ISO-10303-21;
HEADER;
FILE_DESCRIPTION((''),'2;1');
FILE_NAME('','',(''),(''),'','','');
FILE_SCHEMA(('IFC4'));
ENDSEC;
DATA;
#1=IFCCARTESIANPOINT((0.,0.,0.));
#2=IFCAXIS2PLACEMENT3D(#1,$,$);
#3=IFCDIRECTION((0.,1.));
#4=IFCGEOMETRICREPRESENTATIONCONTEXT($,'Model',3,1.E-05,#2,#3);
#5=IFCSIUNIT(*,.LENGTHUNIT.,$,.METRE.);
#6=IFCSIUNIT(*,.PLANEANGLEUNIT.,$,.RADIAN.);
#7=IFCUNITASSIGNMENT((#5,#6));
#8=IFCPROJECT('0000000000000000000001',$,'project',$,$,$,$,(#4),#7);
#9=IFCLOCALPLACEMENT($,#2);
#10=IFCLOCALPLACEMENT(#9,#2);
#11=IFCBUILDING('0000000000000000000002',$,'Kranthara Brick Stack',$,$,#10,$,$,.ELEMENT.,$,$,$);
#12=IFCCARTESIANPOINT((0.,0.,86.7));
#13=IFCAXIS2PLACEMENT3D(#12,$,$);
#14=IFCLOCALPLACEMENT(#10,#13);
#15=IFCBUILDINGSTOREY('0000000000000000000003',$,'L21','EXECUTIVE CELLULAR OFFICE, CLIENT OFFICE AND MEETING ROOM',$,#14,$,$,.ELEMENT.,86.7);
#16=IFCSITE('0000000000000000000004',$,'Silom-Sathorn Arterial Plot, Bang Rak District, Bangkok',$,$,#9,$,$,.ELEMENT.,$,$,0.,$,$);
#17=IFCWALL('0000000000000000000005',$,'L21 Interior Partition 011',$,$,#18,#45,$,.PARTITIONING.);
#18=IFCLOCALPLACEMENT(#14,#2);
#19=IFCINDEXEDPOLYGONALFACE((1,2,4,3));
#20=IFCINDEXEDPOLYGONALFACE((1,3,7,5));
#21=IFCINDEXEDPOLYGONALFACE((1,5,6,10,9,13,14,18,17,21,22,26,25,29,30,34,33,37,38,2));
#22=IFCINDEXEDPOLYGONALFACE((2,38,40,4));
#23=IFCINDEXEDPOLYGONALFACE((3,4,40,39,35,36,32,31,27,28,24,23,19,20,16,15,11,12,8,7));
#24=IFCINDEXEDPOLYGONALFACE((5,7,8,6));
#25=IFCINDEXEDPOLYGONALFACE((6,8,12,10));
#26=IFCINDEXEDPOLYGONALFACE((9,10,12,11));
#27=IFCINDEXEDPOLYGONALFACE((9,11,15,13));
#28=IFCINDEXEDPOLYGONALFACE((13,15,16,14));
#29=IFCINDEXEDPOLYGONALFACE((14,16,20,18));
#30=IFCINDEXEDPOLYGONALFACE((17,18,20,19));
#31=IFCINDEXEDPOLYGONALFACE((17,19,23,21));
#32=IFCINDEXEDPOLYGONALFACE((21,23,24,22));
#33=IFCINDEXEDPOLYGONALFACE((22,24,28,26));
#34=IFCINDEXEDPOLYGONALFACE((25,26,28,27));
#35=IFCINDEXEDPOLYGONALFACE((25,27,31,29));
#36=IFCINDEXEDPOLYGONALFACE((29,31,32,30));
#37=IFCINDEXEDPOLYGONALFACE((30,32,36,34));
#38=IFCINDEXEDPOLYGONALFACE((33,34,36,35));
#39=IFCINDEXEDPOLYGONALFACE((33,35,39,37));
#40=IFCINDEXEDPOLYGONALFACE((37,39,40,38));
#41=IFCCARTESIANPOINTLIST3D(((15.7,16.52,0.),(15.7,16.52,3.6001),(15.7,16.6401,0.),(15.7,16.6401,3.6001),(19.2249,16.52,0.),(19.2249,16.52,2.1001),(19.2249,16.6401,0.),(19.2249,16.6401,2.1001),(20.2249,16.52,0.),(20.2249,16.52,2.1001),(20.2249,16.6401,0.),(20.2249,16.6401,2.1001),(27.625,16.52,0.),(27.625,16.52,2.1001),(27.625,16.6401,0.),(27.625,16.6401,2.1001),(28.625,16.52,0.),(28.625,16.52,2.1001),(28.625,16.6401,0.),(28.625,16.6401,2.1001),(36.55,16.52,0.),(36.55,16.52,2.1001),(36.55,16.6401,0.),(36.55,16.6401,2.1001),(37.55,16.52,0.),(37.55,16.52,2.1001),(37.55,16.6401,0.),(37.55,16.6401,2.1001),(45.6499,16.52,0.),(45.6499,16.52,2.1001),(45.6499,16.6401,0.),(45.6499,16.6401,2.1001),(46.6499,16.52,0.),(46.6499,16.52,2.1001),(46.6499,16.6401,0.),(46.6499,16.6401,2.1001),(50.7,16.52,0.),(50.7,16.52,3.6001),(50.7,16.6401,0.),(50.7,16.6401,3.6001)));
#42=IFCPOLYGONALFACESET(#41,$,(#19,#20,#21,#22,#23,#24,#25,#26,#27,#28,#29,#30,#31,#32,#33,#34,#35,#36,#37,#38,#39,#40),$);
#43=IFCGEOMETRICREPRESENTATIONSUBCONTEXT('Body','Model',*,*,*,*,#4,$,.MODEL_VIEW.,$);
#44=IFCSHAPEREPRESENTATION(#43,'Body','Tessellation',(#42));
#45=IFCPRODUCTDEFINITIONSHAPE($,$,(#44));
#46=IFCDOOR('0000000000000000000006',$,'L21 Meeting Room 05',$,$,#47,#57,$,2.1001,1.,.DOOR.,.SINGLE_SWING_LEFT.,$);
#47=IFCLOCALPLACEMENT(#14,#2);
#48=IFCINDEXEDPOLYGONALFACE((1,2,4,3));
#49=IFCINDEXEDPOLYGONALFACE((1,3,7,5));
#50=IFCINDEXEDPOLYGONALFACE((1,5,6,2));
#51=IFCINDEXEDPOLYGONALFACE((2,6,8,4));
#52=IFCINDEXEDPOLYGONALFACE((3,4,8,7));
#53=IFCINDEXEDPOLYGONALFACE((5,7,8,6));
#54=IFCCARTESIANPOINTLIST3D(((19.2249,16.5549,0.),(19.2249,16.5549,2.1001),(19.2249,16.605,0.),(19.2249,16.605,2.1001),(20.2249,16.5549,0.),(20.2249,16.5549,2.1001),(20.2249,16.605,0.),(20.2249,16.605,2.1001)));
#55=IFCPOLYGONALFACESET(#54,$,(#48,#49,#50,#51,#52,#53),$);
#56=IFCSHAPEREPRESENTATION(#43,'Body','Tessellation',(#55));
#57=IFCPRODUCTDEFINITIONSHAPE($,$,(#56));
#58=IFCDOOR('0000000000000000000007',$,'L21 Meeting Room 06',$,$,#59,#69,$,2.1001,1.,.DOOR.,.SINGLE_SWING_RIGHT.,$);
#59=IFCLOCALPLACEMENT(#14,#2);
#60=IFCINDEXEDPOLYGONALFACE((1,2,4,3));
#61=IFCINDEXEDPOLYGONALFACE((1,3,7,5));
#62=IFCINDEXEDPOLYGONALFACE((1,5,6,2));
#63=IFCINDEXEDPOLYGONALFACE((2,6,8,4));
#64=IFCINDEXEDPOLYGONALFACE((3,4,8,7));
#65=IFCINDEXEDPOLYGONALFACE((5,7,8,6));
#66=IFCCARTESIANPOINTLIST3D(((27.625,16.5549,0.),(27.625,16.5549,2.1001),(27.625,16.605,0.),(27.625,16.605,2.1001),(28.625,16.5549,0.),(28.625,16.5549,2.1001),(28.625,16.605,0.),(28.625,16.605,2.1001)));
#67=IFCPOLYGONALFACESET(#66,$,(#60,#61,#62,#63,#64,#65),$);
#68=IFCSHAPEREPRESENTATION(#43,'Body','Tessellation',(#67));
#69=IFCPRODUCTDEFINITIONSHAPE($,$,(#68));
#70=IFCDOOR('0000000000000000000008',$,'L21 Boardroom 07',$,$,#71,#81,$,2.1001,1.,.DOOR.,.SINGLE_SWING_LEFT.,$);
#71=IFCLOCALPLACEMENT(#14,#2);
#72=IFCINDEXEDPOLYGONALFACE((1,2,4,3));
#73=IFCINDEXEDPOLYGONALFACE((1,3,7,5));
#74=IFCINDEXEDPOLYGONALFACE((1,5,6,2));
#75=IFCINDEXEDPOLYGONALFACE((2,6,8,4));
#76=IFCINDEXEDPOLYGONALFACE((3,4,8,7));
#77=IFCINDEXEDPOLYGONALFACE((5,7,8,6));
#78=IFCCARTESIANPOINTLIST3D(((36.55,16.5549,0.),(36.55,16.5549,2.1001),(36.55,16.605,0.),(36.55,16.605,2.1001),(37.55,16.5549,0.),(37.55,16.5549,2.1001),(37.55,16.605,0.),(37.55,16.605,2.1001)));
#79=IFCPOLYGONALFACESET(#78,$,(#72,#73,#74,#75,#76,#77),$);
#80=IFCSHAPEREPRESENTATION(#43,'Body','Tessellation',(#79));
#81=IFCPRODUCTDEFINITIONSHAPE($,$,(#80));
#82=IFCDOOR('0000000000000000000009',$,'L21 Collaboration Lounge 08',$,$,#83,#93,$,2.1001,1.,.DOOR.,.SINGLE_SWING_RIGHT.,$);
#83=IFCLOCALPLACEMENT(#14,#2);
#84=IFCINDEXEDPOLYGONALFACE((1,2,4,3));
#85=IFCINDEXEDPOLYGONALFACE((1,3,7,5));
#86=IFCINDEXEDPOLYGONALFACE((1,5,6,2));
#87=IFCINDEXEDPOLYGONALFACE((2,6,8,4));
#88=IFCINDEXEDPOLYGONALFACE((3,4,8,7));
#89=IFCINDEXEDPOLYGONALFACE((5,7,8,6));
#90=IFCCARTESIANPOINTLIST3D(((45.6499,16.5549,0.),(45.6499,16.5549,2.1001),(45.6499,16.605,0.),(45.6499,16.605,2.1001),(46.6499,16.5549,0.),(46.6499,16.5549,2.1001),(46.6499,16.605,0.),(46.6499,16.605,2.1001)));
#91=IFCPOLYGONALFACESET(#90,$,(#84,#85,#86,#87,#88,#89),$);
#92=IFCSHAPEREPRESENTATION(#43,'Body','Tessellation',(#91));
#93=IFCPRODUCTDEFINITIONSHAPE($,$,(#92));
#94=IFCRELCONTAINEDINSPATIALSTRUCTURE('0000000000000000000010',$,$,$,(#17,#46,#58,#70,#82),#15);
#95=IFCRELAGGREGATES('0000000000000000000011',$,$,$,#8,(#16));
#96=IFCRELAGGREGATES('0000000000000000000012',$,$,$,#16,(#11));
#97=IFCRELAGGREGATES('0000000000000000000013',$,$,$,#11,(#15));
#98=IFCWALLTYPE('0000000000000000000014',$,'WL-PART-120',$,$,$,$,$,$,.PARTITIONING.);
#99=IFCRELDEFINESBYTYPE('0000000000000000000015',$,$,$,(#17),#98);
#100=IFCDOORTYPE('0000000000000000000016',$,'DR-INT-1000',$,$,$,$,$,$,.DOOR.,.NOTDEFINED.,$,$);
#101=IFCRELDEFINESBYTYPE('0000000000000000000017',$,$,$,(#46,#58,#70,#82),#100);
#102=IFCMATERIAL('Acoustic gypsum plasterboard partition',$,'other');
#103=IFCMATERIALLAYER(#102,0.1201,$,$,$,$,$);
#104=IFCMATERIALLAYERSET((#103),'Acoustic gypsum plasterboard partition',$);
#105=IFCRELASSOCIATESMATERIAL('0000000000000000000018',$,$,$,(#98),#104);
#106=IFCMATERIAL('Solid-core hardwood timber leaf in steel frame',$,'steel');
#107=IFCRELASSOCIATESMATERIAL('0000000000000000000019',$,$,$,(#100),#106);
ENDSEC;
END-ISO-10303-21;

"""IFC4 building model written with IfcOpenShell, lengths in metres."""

from ifc_helpers import new_model, si_unit, direction, frame, frame_2d, origin, place, context, subcontext, project, spatial, rectangle, extrude, material, layer, layer_set, type_object, element, fill, save


model = new_model("IFC4")

# Units and contexts
model_context = context("Model", 3, precision=1e-05, world=origin(), true_north=direction((0.0, 1.0)))
body_context = subcontext(model_context, "Body", "Model", "MODEL_VIEW")
ifc_project = project(units=[si_unit("LENGTHUNIT", "METRE"), si_unit("PLANEANGLEUNIT", "RADIAN")], contexts=[model_context])

# Site, building, storey
site_placement = place(None, origin())
site = spatial("IfcSite", under=ifc_project, at=site_placement, Name="Silom-Sathorn Arterial Plot, Bang Rak District, Bangkok", CompositionType="ELEMENT", RefElevation=0.0)
building_placement = place(site_placement, origin())
building = spatial("IfcBuilding", under=site, at=building_placement, Name="Kranthara Brick Stack", CompositionType="ELEMENT")
storey_placement = place(building_placement, frame((0.0, 0.0, 86.7)))
storey = spatial("IfcBuildingStorey", under=building, at=storey_placement, Name="L21", Description="EXECUTIVE CELLULAR OFFICE, CLIENT OFFICE AND MEETING ROOM", CompositionType="ELEMENT", Elevation=86.7)

# Shared definitions
ifc_material_1 = material(Name="Acoustic gypsum plasterboard partition", Category="other")
ifc_layer_1 = layer(ifc_material_1, 0.1201)
ifc_layer_set_1 = layer_set([ifc_layer_1], Name="Acoustic gypsum plasterboard partition")
wall_type_1 = type_object("IfcWallType", Name="WL-PART-120", PredefinedType="PARTITIONING", material=ifc_layer_set_1)

# Wall, openings, doors
wall_1_placement = place(storey_placement, frame((15.7, 16.5801, 0.0), z_axis=(0.0, 0.0, 1.0), x_axis=(1.0, 0.0, 0.0)))
wall_1 = element("IfcWall", 1, at=wall_1_placement, inside=storey, type_object=wall_type_1, Name="L21 Interior Partition 011", PredefinedType="PARTITIONING", context=body_context, shape_type="SweptSolid", body=[
    extrude(rectangle(XDim=35.0, YDim=0.1201, at=frame_2d((17.5, 0.0))), origin(), (0.0, 0.0, 1.0), 3.6001),
])
opening_1_placement = place(wall_1_placement, frame((3.5249, 0.0, 0.0)))
opening_1 = element("IfcOpeningElement", 2, at=opening_1_placement, cuts=wall_1, PredefinedType="OPENING", context=body_context, shape_type="SweptSolid", body=[
    extrude(rectangle(XDim=1.0, YDim=2.1001, at=frame_2d((0.5, 1.05))), frame((0.0, 0.0701, 0.0), z_axis=(0.0, -1.0, 0.0), x_axis=(1.0, 0.0, 0.0)), (0.0, 0.0, 1.0), 0.1401),
])
opening_2_placement = place(wall_1_placement, frame((11.925, 0.0, 0.0)))
opening_2 = element("IfcOpeningElement", 3, at=opening_2_placement, cuts=wall_1, PredefinedType="OPENING", context=body_context, shape_type="SweptSolid", body=[
    extrude(rectangle(XDim=1.0, YDim=2.1001, at=frame_2d((0.5, 1.05))), frame((0.0, 0.0701, 0.0), z_axis=(0.0, -1.0, 0.0), x_axis=(1.0, 0.0, 0.0)), (0.0, 0.0, 1.0), 0.1401),
])
opening_3_placement = place(wall_1_placement, frame((20.8501, 0.0, 0.0)))
opening_3 = element("IfcOpeningElement", 4, at=opening_3_placement, cuts=wall_1, PredefinedType="OPENING", context=body_context, shape_type="SweptSolid", body=[
    extrude(rectangle(XDim=1.0, YDim=2.1001, at=frame_2d((0.5, 1.05))), frame((0.0, 0.0701, 0.0), z_axis=(0.0, -1.0, 0.0), x_axis=(1.0, 0.0, 0.0)), (0.0, 0.0, 1.0), 0.1401),
])
opening_4_placement = place(wall_1_placement, frame((29.95, 0.0, 0.0)))
opening_4 = element("IfcOpeningElement", 5, at=opening_4_placement, cuts=wall_1, PredefinedType="OPENING", context=body_context, shape_type="SweptSolid", body=[
    extrude(rectangle(XDim=1.0, YDim=2.1001, at=frame_2d((0.5, 1.05))), frame((0.0, 0.0701, 0.0), z_axis=(0.0, -1.0, 0.0), x_axis=(1.0, 0.0, 0.0)), (0.0, 0.0, 1.0), 0.1401),
])
ifc_material_2 = material(Name="Solid-core hardwood timber leaf in steel frame", Category="steel")
door_type_1 = type_object("IfcDoorType", Name="DR-INT-1000", OperationType="NOTDEFINED", PredefinedType="DOOR", material=ifc_material_2)
door_1_placement = place(opening_1_placement, origin())
door_1 = element("IfcDoor", 6, at=door_1_placement, inside=storey, type_object=door_type_1, Name="L21 Meeting Room 05", OperationType="SINGLE_SWING_LEFT", OverallHeight=2.1001, OverallWidth=1.0, PredefinedType="DOOR", context=body_context, shape_type="SweptSolid", body=[
    extrude(rectangle(XDim=1.0, YDim=2.1001, at=frame_2d((0.5, 1.05))), frame((0.0, 0.0249, 0.0), z_axis=(0.0, -1.0, 0.0), x_axis=(1.0, 0.0, 0.0)), (0.0, 0.0, 1.0), 0.05),
])
fill(opening_1, door_1)
door_2_placement = place(opening_2_placement, origin())
door_2 = element("IfcDoor", 7, at=door_2_placement, inside=storey, type_object=door_type_1, Name="L21 Meeting Room 06", OperationType="SINGLE_SWING_RIGHT", OverallHeight=2.1001, OverallWidth=1.0, PredefinedType="DOOR", context=body_context, shape_type="SweptSolid", body=[
    extrude(rectangle(XDim=1.0, YDim=2.1001, at=frame_2d((0.5, 1.05))), frame((0.0, 0.0249, 0.0), z_axis=(0.0, -1.0, 0.0), x_axis=(1.0, 0.0, 0.0)), (0.0, 0.0, 1.0), 0.05),
])
fill(opening_2, door_2)
door_3_placement = place(opening_3_placement, origin())
door_3 = element("IfcDoor", 8, at=door_3_placement, inside=storey, type_object=door_type_1, Name="L21 Boardroom 07", OperationType="SINGLE_SWING_LEFT", OverallHeight=2.1001, OverallWidth=1.0, PredefinedType="DOOR", context=body_context, shape_type="SweptSolid", body=[
    extrude(rectangle(XDim=1.0, YDim=2.1001, at=frame_2d((0.5, 1.05))), frame((0.0, 0.0249, 0.0), z_axis=(0.0, -1.0, 0.0), x_axis=(1.0, 0.0, 0.0)), (0.0, 0.0, 1.0), 0.05),
])
fill(opening_3, door_3)
door_4_placement = place(opening_4_placement, origin())
door_4 = element("IfcDoor", 9, at=door_4_placement, inside=storey, type_object=door_type_1, Name="L21 Collaboration Lounge 08", OperationType="SINGLE_SWING_RIGHT", OverallHeight=2.1001, OverallWidth=1.0, PredefinedType="DOOR", context=body_context, shape_type="SweptSolid", body=[
    extrude(rectangle(XDim=1.0, YDim=2.1001, at=frame_2d((0.5, 1.05))), frame((0.0, 0.0249, 0.0), z_axis=(0.0, -1.0, 0.0), x_axis=(1.0, 0.0, 0.0)), (0.0, 0.0, 1.0), 0.05),
])
fill(opening_4, door_4)

save(model, "model.ifc")
